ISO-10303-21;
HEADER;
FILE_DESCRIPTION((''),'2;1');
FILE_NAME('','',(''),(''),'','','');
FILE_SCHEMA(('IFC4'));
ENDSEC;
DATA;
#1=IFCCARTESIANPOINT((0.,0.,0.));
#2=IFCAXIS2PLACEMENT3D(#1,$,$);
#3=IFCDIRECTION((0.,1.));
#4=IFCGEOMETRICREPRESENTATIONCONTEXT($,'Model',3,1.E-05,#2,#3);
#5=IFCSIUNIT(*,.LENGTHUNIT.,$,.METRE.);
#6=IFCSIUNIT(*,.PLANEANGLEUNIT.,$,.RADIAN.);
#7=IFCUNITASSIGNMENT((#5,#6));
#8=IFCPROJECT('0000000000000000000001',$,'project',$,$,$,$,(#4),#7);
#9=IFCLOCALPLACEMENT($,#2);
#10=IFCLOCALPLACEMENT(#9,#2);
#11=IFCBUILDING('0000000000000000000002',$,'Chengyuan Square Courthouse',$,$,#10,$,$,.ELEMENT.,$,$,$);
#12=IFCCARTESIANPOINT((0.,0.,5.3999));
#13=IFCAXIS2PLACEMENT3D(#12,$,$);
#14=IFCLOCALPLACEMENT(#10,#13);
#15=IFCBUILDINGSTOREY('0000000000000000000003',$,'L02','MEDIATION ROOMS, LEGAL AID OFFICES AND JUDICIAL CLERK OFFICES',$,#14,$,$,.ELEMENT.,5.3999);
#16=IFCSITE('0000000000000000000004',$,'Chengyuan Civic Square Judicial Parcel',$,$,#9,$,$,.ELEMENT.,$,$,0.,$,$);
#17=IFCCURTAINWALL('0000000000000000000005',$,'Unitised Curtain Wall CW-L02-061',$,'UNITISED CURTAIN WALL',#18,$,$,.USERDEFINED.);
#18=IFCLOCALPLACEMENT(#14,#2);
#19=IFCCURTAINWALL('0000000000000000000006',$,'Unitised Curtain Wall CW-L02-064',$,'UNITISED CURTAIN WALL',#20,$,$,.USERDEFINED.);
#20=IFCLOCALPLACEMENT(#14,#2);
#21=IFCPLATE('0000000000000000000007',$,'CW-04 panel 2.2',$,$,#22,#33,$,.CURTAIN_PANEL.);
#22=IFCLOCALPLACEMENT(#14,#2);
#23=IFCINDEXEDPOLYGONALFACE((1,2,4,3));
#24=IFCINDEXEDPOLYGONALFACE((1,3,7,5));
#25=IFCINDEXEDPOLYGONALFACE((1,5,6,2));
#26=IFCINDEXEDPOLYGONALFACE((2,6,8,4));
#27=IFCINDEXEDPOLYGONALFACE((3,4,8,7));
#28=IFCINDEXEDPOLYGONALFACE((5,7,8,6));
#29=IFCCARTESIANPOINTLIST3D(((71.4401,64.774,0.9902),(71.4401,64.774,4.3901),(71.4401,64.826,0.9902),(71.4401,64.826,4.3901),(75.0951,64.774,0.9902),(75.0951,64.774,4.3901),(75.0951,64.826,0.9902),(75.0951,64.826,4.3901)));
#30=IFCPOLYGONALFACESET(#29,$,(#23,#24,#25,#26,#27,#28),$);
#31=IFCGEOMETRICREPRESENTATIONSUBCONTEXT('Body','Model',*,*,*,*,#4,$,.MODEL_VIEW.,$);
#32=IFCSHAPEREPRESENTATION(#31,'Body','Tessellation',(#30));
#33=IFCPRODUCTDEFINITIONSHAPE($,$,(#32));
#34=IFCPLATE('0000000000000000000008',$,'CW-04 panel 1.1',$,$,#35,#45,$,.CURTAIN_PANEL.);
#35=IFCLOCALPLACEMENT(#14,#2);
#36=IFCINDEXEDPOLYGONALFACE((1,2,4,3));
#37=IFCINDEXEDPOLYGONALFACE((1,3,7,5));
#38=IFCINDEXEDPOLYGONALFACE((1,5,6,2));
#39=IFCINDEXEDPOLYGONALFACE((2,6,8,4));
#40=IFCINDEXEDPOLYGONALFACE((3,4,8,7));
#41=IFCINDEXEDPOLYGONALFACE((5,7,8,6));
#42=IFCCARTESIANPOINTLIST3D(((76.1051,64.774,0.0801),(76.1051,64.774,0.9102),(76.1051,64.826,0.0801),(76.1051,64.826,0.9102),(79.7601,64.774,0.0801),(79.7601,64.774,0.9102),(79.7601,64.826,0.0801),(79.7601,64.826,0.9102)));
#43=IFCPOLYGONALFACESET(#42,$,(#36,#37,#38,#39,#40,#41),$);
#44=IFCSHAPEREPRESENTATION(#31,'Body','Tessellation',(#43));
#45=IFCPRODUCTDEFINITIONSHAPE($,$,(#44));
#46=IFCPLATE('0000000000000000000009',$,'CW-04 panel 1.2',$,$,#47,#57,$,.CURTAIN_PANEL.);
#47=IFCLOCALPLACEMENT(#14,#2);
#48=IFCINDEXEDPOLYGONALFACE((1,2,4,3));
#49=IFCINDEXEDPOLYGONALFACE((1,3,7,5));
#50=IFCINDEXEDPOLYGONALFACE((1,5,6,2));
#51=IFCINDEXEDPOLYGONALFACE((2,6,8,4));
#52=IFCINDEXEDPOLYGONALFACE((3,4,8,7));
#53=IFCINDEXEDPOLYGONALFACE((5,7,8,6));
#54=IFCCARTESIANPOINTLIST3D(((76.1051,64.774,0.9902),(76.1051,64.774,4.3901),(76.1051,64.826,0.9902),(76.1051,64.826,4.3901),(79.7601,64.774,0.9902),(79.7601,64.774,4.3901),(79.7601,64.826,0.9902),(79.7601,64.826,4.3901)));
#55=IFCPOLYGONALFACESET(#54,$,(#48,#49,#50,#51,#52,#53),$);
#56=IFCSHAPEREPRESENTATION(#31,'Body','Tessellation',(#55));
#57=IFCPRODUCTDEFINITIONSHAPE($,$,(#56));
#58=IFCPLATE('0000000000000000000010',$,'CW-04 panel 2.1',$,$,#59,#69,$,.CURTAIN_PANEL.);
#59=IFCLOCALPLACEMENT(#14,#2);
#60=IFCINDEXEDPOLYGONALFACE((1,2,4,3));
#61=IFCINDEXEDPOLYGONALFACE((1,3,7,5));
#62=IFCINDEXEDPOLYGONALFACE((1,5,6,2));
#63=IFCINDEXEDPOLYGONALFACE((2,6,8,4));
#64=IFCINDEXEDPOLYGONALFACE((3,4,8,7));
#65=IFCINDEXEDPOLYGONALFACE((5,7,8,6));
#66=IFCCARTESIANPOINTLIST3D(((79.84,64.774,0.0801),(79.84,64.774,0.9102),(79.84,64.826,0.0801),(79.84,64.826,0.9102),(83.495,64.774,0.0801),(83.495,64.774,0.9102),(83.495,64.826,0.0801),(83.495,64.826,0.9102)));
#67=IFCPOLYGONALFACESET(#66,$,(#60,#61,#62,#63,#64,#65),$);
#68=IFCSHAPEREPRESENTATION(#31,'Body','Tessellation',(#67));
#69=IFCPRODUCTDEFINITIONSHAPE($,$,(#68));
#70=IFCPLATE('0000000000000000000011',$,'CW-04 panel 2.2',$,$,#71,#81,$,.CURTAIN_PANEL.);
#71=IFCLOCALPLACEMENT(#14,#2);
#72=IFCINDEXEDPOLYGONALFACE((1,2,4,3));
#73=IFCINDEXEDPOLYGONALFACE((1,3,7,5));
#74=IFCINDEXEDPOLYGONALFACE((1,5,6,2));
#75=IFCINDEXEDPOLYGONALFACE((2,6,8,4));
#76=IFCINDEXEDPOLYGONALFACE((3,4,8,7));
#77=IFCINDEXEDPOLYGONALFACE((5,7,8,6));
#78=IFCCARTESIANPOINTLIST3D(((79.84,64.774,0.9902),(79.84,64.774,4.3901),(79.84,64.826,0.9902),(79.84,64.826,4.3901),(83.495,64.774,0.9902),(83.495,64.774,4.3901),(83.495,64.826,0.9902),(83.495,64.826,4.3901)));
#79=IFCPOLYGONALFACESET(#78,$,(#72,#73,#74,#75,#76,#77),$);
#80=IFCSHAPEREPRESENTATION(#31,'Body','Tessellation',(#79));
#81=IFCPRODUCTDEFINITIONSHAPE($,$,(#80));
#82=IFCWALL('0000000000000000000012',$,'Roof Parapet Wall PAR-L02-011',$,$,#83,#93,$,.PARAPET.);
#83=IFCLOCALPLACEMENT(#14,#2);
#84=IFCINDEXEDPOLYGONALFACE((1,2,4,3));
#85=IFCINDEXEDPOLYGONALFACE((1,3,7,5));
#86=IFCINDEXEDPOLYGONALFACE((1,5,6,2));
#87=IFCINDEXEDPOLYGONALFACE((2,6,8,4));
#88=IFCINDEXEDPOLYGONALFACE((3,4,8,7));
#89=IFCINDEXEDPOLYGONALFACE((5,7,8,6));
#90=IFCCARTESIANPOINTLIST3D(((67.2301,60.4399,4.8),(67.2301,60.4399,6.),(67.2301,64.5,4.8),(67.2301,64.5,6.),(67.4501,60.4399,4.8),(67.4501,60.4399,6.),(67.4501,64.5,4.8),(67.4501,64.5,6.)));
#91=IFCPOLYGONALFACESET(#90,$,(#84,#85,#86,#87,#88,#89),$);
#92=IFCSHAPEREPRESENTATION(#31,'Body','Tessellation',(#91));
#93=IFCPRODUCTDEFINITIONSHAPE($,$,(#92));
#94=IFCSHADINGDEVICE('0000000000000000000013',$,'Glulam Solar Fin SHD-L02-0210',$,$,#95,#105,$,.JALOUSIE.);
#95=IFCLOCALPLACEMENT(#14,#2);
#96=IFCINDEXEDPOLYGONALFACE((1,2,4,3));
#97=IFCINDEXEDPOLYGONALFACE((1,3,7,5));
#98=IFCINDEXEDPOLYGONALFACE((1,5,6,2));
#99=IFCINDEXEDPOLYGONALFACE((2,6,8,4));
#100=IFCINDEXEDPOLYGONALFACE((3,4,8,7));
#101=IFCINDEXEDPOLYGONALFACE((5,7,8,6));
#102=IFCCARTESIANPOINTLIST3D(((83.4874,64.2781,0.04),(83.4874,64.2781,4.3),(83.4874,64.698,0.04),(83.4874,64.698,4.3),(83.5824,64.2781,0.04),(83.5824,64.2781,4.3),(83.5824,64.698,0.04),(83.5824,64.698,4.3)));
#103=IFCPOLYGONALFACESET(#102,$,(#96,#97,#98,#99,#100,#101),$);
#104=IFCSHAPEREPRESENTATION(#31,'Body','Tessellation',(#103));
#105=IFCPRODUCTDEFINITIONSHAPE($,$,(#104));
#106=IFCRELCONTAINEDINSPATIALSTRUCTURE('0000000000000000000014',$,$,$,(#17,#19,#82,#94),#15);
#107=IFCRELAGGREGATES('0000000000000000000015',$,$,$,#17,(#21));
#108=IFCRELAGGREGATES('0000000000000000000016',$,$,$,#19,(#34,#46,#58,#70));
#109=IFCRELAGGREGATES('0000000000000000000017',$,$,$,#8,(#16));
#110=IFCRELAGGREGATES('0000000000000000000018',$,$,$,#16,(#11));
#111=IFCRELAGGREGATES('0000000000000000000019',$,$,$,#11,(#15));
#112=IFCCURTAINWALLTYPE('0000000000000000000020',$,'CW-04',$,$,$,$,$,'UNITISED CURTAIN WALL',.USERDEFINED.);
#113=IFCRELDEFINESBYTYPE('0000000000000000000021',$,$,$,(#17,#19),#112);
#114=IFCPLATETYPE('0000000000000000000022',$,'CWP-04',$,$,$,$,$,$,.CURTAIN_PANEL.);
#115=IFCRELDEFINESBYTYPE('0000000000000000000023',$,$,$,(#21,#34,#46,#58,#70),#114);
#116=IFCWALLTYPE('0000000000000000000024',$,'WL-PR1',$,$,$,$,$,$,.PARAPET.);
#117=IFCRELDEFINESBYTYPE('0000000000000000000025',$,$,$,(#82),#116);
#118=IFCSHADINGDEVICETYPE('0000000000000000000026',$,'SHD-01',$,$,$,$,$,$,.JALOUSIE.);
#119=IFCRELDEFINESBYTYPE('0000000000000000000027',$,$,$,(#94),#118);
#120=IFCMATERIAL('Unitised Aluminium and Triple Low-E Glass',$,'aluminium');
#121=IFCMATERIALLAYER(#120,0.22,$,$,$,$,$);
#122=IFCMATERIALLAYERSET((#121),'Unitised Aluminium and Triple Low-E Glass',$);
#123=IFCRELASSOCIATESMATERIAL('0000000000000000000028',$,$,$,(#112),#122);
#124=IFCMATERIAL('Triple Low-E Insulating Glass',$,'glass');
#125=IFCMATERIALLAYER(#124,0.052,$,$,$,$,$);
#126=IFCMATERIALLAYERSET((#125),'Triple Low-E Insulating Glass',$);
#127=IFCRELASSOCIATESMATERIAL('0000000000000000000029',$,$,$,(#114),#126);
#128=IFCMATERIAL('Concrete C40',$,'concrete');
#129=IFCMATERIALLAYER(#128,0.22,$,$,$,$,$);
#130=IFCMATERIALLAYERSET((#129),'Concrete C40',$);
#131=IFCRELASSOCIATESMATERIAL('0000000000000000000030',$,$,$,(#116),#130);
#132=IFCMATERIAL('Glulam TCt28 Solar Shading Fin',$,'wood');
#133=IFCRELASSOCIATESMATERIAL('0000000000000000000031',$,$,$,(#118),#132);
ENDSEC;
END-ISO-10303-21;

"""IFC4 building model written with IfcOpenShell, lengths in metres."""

from ifc_helpers import new_model, si_unit, direction, frame, frame_2d, origin, origin_2d, place, context, subcontext, project, spatial, rectangle, extrude, material, layer, layer_set, type_object, element, aggregate, save


model = new_model("IFC4")

# Units and contexts
model_context = context("Model", 3, precision=1e-05, world=origin(), true_north=direction((0.0, 1.0)))
body_context = subcontext(model_context, "Body", "Model", "MODEL_VIEW")
ifc_project = project(units=[si_unit("LENGTHUNIT", "METRE"), si_unit("PLANEANGLEUNIT", "RADIAN")], contexts=[model_context])

# Site, building, storey
site_placement = place(None, origin())
site = spatial("IfcSite", under=ifc_project, at=site_placement, Name="Chengyuan Civic Square Judicial Parcel", CompositionType="ELEMENT", RefElevation=0.0)
building_placement = place(site_placement, origin())
building = spatial("IfcBuilding", under=site, at=building_placement, Name="Chengyuan Square Courthouse", CompositionType="ELEMENT")
storey_placement = place(building_placement, frame((0.0, 0.0, 5.3999)))
storey = spatial("IfcBuildingStorey", under=building, at=storey_placement, Name="L02", Description="MEDIATION ROOMS, LEGAL AID OFFICES AND JUDICIAL CLERK OFFICES", CompositionType="ELEMENT", Elevation=5.3999)

# Shared definitions
ifc_material_1 = material(Name="Concrete C40", Category="concrete")

# Shared definitions
ifc_material_2 = material(Name="Unitised Aluminium and Triple Low-E Glass", Category="aluminium")

# Curtain walls
ifc_layer_1 = layer(ifc_material_2, 0.22)
ifc_layer_set_1 = layer_set([ifc_layer_1], Name="Unitised Aluminium and Triple Low-E Glass")
curtain_wall_type_1 = type_object("IfcCurtainWallType", Name="CW-04", ElementType="UNITISED CURTAIN WALL", PredefinedType="USERDEFINED", material=ifc_layer_set_1)
curtain_wall_1_placement = place(storey_placement, origin())
curtain_wall_1 = element("IfcCurtainWall", 1, at=curtain_wall_1_placement, inside=storey, type_object=curtain_wall_type_1, Name="Unitised Curtain Wall CW-L02-061", ObjectType="UNITISED CURTAIN WALL", PredefinedType="USERDEFINED")
curtain_wall_2_placement = place(storey_placement, origin())
curtain_wall_2 = element("IfcCurtainWall", 2, at=curtain_wall_2_placement, inside=storey, type_object=curtain_wall_type_1, Name="Unitised Curtain Wall CW-L02-064", ObjectType="UNITISED CURTAIN WALL", PredefinedType="USERDEFINED")

# Plates
ifc_material_3 = material(Name="Triple Low-E Insulating Glass", Category="glass")
ifc_layer_2 = layer(ifc_material_3, 0.052)
ifc_layer_set_2 = layer_set([ifc_layer_2], Name="Triple Low-E Insulating Glass")
plate_type = type_object("IfcPlateType", Name="CWP-04", PredefinedType="CURTAIN_PANEL", material=ifc_layer_set_2)
plate_1_placement = place(storey_placement, frame((73.2676, 64.8, 0.9902), z_axis=(0.0, 0.0, 1.0), x_axis=(1.0, 0.0, 0.0)))
plate_1 = element("IfcPlate", 3, at=plate_1_placement, type_object=plate_type, Name="CW-04 panel 2.2", PredefinedType="CURTAIN_PANEL", context=body_context, shape_type="SweptSolid", body=[
    extrude(rectangle(XDim=3.655, YDim=0.052, at=origin_2d()), origin(), (0.0, 0.0, 1.0), 3.3999),
])
aggregate(curtain_wall_1, [plate_1])
plate_2_placement = place(storey_placement, frame((77.9326, 64.8, 0.0801), z_axis=(0.0, 0.0, 1.0), x_axis=(1.0, 0.0, 0.0)))
plate_2 = element("IfcPlate", 4, at=plate_2_placement, type_object=plate_type, Name="CW-04 panel 1.1", PredefinedType="CURTAIN_PANEL", context=body_context, shape_type="SweptSolid", body=[
    extrude(rectangle(XDim=3.655, YDim=0.052, at=origin_2d()), origin(), (0.0, 0.0, 1.0), 0.8301),
])
plate_3_placement = place(storey_placement, frame((77.9326, 64.8, 0.9902), z_axis=(0.0, 0.0, 1.0), x_axis=(1.0, 0.0, 0.0)))
plate_3 = element("IfcPlate", 5, at=plate_3_placement, type_object=plate_type, Name="CW-04 panel 1.2", PredefinedType="CURTAIN_PANEL", context=body_context, shape_type="SweptSolid", body=[
    extrude(rectangle(XDim=3.655, YDim=0.052, at=origin_2d()), origin(), (0.0, 0.0, 1.0), 3.3999),
])
plate_4_placement = place(storey_placement, frame((81.6675, 64.8, 0.0801), z_axis=(0.0, 0.0, 1.0), x_axis=(1.0, 0.0, 0.0)))
plate_4 = element("IfcPlate", 6, at=plate_4_placement, type_object=plate_type, Name="CW-04 panel 2.1", PredefinedType="CURTAIN_PANEL", context=body_context, shape_type="SweptSolid", body=[
    extrude(rectangle(XDim=3.655, YDim=0.052, at=origin_2d()), origin(), (0.0, 0.0, 1.0), 0.8301),
])
plate_5_placement = place(storey_placement, frame((81.6675, 64.8, 0.9902), z_axis=(0.0, 0.0, 1.0), x_axis=(1.0, 0.0, 0.0)))
plate_5 = element("IfcPlate", 7, at=plate_5_placement, type_object=plate_type, Name="CW-04 panel 2.2", PredefinedType="CURTAIN_PANEL", context=body_context, shape_type="SweptSolid", body=[
    extrude(rectangle(XDim=3.655, YDim=0.052, at=origin_2d()), origin(), (0.0, 0.0, 1.0), 3.3999),
])
aggregate(curtain_wall_2, [plate_2, plate_3, plate_4, plate_5])

# Wall
ifc_layer_3 = layer(ifc_material_1, 0.22)
ifc_layer_set_3 = layer_set([ifc_layer_3], Name="Concrete C40")
wall_type = type_object("IfcWallType", Name="WL-PR1", PredefinedType="PARAPET", material=ifc_layer_set_3)
wall_placement = place(storey_placement, frame((67.3401, 64.5, 4.8), z_axis=(0.0, 0.0, 1.0), x_axis=(0.0, -1.0, 0.0)))
element("IfcWall", 8, at=wall_placement, inside=storey, type_object=wall_type, Name="Roof Parapet Wall PAR-L02-011", PredefinedType="PARAPET", context=body_context, shape_type="SweptSolid", body=[
    extrude(rectangle(XDim=4.0601, YDim=0.22, at=frame_2d((2.03, 0.0))), origin(), (0.0, 0.0, 1.0), 1.2),
])

# Shading device
ifc_material_4 = material(Name="Glulam TCt28 Solar Shading Fin", Category="wood")
shading_device_type = type_object("IfcShadingDeviceType", Name="SHD-01", PredefinedType="JALOUSIE", material=ifc_material_4)
shading_device_placement = place(storey_placement, frame((83.5349, 64.488, 0.04), z_axis=(0.0, 0.0, 1.0), x_axis=(0.0, 1.0, 0.0)))
element("IfcShadingDevice", 9, at=shading_device_placement, inside=storey, type_object=shading_device_type, Name="Glulam Solar Fin SHD-L02-0210", PredefinedType="JALOUSIE", context=body_context, shape_type="SweptSolid", body=[
    extrude(rectangle(XDim=0.4199, YDim=0.095, at=origin_2d()), origin(), (0.0, 0.0, 1.0), 4.26),
])

save(model, "model.ifc")
